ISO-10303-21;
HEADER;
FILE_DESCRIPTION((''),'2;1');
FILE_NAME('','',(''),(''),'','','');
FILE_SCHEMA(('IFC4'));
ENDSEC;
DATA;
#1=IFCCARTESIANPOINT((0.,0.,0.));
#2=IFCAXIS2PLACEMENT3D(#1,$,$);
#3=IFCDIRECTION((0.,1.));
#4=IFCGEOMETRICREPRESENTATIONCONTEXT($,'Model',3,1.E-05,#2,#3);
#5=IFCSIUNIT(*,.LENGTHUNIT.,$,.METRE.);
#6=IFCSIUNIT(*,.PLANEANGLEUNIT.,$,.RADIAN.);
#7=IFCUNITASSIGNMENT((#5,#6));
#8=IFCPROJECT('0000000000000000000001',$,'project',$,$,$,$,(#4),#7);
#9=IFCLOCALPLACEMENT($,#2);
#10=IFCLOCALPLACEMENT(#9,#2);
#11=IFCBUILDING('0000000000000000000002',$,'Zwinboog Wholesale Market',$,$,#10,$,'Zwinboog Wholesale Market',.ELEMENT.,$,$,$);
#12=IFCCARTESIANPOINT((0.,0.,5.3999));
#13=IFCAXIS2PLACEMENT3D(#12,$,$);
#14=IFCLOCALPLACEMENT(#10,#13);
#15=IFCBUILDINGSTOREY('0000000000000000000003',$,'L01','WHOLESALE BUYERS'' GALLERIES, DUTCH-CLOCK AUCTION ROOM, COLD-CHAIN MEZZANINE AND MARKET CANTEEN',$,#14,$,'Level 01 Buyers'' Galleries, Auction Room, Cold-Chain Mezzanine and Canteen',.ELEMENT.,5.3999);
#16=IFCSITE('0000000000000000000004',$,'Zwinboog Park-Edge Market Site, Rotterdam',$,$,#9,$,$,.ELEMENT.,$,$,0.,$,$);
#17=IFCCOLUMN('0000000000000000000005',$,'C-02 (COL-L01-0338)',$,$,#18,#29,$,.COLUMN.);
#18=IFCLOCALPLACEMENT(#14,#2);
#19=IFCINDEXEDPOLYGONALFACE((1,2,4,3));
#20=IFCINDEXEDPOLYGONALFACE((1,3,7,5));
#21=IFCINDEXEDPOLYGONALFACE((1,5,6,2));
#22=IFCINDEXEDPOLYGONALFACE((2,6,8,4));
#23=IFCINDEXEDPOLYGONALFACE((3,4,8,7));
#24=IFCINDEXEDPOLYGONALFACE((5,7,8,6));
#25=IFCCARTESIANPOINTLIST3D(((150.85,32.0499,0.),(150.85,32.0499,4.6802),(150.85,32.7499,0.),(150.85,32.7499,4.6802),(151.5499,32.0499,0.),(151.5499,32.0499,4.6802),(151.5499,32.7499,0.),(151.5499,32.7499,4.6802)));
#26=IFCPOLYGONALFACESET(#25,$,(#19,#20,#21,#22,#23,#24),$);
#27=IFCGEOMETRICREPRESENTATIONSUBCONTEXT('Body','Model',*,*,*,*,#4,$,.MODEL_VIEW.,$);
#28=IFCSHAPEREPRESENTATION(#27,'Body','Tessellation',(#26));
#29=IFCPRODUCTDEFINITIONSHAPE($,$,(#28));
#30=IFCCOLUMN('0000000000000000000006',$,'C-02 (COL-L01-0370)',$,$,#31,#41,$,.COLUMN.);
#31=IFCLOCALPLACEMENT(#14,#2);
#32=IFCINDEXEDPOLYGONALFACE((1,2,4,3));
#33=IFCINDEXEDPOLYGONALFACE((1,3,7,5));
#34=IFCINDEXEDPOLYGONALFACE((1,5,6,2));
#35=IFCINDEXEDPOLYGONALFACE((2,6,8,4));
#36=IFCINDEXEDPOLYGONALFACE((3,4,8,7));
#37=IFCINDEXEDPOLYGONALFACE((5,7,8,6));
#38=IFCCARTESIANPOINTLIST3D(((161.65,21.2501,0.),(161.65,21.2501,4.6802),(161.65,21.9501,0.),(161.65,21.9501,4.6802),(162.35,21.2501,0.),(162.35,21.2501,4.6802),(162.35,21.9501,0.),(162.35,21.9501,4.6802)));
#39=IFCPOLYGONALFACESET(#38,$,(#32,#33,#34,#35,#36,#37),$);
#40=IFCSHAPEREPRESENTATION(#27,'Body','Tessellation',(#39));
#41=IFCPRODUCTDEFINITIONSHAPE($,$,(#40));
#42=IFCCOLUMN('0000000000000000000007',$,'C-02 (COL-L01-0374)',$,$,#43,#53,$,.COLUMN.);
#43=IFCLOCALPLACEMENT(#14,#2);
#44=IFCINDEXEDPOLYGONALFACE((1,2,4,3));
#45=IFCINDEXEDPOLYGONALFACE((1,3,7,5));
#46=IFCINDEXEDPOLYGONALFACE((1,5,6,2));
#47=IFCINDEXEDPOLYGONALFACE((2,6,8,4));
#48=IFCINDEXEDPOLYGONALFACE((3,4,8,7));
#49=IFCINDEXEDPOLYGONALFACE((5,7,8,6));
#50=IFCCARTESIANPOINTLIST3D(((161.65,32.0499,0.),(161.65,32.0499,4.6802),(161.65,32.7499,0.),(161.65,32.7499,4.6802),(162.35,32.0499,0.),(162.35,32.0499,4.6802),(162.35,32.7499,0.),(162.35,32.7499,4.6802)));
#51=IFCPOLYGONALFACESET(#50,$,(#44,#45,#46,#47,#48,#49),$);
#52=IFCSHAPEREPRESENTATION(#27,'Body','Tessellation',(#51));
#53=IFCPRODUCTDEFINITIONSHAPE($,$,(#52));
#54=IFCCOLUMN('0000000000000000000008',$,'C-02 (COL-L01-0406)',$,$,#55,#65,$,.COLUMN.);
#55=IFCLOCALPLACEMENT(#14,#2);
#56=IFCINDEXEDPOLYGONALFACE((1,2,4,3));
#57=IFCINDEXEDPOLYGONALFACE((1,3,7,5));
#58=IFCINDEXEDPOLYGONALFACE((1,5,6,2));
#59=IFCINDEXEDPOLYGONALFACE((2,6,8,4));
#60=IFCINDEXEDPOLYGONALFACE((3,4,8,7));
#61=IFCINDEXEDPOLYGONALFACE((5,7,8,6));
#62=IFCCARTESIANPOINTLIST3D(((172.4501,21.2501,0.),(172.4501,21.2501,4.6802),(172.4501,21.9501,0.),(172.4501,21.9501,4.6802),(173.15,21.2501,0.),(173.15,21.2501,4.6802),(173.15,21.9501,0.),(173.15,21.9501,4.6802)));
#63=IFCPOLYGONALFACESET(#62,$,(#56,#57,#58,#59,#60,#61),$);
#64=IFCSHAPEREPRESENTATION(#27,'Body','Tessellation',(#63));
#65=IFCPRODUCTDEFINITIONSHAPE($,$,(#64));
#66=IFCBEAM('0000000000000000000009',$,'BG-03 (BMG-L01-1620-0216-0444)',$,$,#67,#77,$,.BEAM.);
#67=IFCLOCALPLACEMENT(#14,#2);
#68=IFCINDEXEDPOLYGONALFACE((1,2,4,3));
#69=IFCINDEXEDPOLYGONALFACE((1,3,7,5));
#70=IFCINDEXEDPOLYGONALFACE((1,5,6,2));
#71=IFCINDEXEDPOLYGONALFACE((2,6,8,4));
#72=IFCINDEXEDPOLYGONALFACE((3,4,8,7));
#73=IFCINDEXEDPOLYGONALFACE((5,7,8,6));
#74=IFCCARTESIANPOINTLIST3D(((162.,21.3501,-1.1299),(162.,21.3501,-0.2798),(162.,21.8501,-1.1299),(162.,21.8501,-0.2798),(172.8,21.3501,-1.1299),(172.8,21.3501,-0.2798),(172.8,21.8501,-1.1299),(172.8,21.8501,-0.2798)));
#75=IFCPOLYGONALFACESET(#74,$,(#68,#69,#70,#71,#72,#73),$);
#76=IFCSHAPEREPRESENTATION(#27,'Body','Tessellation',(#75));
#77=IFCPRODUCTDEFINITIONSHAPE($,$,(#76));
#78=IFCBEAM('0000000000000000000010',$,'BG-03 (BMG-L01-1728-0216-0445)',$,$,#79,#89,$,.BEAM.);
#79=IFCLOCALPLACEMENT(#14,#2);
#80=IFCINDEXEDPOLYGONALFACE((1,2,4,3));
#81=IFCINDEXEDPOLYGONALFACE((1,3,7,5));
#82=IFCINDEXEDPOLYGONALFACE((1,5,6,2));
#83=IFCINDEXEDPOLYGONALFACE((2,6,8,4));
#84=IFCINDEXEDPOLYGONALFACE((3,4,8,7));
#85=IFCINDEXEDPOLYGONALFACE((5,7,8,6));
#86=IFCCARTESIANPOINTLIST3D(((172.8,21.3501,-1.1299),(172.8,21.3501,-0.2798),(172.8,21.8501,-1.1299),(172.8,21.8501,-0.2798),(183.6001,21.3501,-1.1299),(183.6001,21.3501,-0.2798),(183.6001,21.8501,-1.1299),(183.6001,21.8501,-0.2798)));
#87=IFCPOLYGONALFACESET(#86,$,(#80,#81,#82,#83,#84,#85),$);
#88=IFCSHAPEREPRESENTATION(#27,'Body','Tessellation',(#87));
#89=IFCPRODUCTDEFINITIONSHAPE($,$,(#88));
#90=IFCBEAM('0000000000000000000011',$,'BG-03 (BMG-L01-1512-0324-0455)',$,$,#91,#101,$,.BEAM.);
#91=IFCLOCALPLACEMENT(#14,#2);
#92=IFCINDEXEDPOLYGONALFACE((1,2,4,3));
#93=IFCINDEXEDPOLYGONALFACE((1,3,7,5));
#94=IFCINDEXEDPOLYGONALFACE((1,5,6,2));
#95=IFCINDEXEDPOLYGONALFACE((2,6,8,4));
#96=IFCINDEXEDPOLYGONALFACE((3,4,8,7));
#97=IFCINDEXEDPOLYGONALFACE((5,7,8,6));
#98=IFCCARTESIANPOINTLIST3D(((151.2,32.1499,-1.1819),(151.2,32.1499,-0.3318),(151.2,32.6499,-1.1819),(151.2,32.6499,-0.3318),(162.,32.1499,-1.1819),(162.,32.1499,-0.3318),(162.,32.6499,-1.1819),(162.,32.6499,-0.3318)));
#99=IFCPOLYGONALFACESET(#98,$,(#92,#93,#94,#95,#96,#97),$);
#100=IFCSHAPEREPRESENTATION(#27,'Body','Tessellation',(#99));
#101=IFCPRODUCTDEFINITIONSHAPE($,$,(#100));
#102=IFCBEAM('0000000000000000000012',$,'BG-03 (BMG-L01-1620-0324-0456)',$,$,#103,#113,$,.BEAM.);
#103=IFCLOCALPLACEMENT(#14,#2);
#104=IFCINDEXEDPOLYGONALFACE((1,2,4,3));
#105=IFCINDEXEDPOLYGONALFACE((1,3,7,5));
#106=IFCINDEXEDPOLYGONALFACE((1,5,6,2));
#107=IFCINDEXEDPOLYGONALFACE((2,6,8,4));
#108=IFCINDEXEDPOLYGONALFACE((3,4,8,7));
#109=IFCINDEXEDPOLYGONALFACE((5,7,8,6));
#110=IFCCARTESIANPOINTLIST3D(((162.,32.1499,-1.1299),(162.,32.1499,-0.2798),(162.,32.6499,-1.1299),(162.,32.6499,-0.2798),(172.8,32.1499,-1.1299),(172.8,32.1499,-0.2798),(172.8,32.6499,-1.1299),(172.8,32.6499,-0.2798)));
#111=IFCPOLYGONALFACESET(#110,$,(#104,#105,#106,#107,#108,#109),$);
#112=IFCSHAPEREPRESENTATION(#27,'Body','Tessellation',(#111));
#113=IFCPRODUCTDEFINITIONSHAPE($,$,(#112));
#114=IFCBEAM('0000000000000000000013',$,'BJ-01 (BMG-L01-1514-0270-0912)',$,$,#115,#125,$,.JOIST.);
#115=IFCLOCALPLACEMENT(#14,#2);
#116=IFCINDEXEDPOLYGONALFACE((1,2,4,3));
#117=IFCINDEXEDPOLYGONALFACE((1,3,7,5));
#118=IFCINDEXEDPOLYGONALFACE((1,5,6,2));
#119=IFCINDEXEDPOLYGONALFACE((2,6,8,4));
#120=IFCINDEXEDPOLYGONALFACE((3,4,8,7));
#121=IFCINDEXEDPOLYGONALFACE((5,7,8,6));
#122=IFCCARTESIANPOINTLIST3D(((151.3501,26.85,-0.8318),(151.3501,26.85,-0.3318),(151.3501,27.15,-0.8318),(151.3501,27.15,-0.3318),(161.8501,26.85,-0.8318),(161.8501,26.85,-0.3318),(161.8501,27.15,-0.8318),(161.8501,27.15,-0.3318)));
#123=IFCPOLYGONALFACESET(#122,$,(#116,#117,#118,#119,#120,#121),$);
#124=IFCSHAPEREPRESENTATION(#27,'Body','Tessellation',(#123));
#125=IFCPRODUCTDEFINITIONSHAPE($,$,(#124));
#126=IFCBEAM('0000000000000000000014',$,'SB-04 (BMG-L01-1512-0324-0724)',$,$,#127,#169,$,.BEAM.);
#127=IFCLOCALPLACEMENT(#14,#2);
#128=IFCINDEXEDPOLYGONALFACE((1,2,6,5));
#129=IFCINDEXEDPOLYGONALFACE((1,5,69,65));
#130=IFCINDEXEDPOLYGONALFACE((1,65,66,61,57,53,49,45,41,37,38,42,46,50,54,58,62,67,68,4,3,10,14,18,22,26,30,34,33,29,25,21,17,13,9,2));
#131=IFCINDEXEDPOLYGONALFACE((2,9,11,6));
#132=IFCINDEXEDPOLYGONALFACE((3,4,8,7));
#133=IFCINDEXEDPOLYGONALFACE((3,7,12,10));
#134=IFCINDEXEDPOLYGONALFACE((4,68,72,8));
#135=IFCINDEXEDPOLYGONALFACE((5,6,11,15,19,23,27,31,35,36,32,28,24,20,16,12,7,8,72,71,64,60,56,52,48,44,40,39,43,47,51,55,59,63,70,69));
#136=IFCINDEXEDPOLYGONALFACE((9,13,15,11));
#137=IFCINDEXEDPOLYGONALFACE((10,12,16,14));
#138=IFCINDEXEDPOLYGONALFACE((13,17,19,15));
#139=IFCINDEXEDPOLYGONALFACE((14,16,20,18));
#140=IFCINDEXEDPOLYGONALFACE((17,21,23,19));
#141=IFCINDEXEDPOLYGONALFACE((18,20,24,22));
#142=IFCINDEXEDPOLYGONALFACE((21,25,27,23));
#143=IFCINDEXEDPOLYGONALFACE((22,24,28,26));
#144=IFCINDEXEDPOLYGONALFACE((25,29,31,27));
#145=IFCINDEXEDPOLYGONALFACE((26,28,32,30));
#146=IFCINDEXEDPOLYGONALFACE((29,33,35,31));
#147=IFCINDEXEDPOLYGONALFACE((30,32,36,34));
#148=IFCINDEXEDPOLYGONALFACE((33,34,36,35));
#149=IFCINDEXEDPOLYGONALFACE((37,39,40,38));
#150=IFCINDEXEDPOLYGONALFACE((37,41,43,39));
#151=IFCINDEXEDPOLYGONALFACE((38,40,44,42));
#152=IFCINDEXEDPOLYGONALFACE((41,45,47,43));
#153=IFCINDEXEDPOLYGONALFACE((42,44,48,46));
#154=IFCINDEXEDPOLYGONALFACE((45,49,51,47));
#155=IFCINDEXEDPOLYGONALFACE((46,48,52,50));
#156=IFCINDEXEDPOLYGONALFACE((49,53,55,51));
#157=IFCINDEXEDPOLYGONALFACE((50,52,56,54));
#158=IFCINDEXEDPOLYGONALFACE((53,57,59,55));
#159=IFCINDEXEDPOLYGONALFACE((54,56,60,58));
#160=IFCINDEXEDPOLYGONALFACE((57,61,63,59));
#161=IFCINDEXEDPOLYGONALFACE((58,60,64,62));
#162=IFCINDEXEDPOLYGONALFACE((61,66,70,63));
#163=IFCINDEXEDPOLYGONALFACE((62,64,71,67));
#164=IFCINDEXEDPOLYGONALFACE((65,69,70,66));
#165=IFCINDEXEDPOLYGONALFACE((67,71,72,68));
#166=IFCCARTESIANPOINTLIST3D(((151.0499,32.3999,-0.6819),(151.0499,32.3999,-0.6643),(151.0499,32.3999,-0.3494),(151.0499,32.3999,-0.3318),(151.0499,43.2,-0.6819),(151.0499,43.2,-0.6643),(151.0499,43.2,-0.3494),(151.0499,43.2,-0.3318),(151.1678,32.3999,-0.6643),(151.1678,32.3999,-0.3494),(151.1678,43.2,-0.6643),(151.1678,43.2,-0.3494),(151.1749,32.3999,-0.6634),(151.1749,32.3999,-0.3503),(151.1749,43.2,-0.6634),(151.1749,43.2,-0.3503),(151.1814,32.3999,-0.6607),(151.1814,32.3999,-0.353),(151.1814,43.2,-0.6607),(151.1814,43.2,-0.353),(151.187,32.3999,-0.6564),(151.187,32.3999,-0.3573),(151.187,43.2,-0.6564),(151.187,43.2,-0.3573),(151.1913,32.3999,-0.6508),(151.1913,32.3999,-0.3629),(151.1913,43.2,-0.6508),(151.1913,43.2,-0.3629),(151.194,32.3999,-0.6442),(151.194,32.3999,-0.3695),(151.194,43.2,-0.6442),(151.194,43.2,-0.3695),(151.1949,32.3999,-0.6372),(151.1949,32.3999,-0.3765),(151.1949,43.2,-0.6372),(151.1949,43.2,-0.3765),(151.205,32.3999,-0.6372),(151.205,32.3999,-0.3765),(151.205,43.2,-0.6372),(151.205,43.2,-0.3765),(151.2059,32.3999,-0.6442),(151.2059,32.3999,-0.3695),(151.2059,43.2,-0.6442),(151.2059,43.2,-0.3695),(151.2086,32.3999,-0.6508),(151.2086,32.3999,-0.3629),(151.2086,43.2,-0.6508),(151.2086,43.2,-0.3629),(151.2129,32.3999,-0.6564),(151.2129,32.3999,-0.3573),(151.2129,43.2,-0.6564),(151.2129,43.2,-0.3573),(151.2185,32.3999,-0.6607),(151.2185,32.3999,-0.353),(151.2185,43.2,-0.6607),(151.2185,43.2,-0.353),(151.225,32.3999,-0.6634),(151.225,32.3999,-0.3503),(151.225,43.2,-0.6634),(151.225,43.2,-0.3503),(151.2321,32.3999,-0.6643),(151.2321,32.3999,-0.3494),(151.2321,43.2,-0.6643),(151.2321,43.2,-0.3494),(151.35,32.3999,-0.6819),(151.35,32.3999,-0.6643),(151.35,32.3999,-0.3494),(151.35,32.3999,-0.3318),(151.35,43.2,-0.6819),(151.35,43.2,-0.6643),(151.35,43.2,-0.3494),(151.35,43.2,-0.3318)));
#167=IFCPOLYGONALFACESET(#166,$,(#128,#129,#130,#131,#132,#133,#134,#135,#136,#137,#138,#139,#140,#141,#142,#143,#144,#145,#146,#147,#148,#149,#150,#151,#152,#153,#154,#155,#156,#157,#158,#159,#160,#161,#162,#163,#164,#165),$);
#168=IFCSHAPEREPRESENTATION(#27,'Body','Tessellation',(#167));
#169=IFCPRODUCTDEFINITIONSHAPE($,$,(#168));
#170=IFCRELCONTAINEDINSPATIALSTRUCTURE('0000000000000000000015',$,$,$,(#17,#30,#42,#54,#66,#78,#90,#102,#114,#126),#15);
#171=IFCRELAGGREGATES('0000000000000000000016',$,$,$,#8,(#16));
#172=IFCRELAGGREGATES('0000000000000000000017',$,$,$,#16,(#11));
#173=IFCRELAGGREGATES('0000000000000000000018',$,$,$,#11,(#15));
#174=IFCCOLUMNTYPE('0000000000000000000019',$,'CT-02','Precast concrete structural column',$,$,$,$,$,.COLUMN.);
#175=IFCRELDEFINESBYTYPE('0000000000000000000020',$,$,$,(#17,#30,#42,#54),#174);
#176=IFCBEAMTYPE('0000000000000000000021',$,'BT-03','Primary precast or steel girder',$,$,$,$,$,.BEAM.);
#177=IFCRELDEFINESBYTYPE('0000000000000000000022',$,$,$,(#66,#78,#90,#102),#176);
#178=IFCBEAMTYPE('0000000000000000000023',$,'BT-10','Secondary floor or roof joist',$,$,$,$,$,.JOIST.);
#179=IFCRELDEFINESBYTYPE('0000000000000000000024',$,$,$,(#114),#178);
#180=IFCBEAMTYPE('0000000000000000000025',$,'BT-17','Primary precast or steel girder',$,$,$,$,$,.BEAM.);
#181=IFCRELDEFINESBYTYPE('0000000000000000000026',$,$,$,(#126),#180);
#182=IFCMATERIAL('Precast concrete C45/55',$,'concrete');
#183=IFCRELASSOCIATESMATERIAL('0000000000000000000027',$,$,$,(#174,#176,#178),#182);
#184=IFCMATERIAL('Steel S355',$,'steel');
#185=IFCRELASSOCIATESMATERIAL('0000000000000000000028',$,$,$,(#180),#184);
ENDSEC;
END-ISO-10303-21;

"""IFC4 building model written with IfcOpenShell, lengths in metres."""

from ifc_helpers import new_model, si_unit, direction, frame, origin, origin_2d, place, context, subcontext, project, spatial, rectangle, i_section, extrude, material, material_profile, profile_set, type_object, element, save


model = new_model("IFC4")

# Units and contexts
model_context = context("Model", 3, precision=1e-05, world=origin(), true_north=direction((0.0, 1.0)))
body_context = subcontext(model_context, "Body", "Model", "MODEL_VIEW")
ifc_project = project(units=[si_unit("LENGTHUNIT", "METRE"), si_unit("PLANEANGLEUNIT", "RADIAN")], contexts=[model_context])

# Site, building, storey
site_placement = place(None, origin())
site = spatial("IfcSite", under=ifc_project, at=site_placement, Name="Zwinboog Park-Edge Market Site, Rotterdam", CompositionType="ELEMENT", RefElevation=0.0)
building_placement = place(site_placement, origin())
building = spatial("IfcBuilding", under=site, at=building_placement, Name="Zwinboog Wholesale Market", LongName="Zwinboog Wholesale Market", CompositionType="ELEMENT")
storey_placement = place(building_placement, frame((0.0, 0.0, 5.3999)))
storey = spatial("IfcBuildingStorey", under=building, at=storey_placement, Name="L01", Description="WHOLESALE BUYERS' GALLERIES, DUTCH-CLOCK AUCTION ROOM, COLD-CHAIN MEZZANINE AND MARKET CANTEEN", LongName="Level 01 Buyers' Galleries, Auction Room, Cold-Chain Mezzanine and Canteen", CompositionType="ELEMENT", Elevation=5.3999)

# Columns
ifc_material_1 = material(Name="Precast concrete C45/55", Category="concrete")
ifc_material_profile_1 = material_profile(ifc_material_1, rectangle(XDim=0.7, YDim=0.7, at=origin_2d()), Name="PC 700x700")
ifc_profile_set_1 = profile_set([ifc_material_profile_1], Name="Precast concrete C45/55")
column_type = type_object("IfcColumnType", Name="CT-02", Description="Precast concrete structural column", PredefinedType="COLUMN", material=ifc_profile_set_1)
for number, where, z_axis, x_axis, name in (
    (1, (151.2, 32.3999, 0.0), (0.0, 0.0, 1.0), (1.0, 0.0, 0.0), "C-02 (COL-L01-0338)"),
    (2, (162.0, 21.6001, 0.0), (0.0, 0.0, 1.0), (1.0, 0.0, 0.0), "C-02 (COL-L01-0370)"),
    (3, (162.0, 32.3999, 0.0), (0.0, 0.0, 1.0), (1.0, 0.0, 0.0), "C-02 (COL-L01-0374)"),
    (4, (172.8, 21.6001, 0.0), (0.0, 0.0, 1.0), (1.0, 0.0, 0.0), "C-02 (COL-L01-0406)"),
):
    element("IfcColumn", number, at=place(storey_placement, frame(where, z_axis=z_axis, x_axis=x_axis)), inside=storey, type_object=column_type, Name=name, PredefinedType="COLUMN", context=body_context, shape_type="SweptSolid", body=[
        extrude(rectangle(XDim=0.7, YDim=0.7, at=origin_2d()), origin(), (0.0, 0.0, 1.0), 4.6802),
    ])

# Beams
ifc_material_profile_2 = material_profile(ifc_material_1, rectangle(XDim=0.5, YDim=0.8501, at=origin_2d()), Name="PC 500x850")
ifc_profile_set_2 = profile_set([ifc_material_profile_2], Name="Precast concrete C45/55")
beam_type_1 = type_object("IfcBeamType", Name="BT-03", Description="Primary precast or steel girder", PredefinedType="BEAM", material=ifc_profile_set_2)
for number, where, z_axis, x_axis, name in (
    (5, (162.0, 21.6001, -0.7048), (1.0, 0.0, 0.0), (0.0, 1.0, 0.0), "BG-03 (BMG-L01-1620-0216-0444)"),
    (6, (172.8, 21.6001, -0.7048), (1.0, 0.0, 0.0), (0.0, 1.0, 0.0), "BG-03 (BMG-L01-1728-0216-0445)"),
    (7, (151.2, 32.3999, -0.7568), (1.0, 0.0, 0.0), (0.0, 1.0, 0.0), "BG-03 (BMG-L01-1512-0324-0455)"),
    (8, (162.0, 32.3999, -0.7048), (1.0, 0.0, 0.0), (0.0, 1.0, 0.0), "BG-03 (BMG-L01-1620-0324-0456)"),
):
    element("IfcBeam", number, at=place(storey_placement, frame(where, z_axis=z_axis, x_axis=x_axis)), inside=storey, type_object=beam_type_1, Name=name, PredefinedType="BEAM", context=body_context, shape_type="SweptSolid", body=[
        extrude(rectangle(XDim=0.5, YDim=0.8501, at=origin_2d()), origin(), (0.0, 0.0, 1.0), 10.8),
    ])
ifc_material_profile_3 = material_profile(ifc_material_1, rectangle(XDim=0.3, YDim=0.5, at=origin_2d()), Name="PC 300x500")
ifc_profile_set_3 = profile_set([ifc_material_profile_3], Name="Precast concrete C45/55")
beam_type_2 = type_object("IfcBeamType", Name="BT-10", Description="Secondary floor or roof joist", PredefinedType="JOIST", material=ifc_profile_set_3)
beam_1_placement = place(storey_placement, frame((151.3501, 27.0, -0.5818), z_axis=(1.0, 0.0, 0.0), x_axis=(0.0, 1.0, 0.0)))
element("IfcBeam", 9, at=beam_1_placement, inside=storey, type_object=beam_type_2, Name="BJ-01 (BMG-L01-1514-0270-0912)", PredefinedType="JOIST", context=body_context, shape_type="SweptSolid", body=[
    extrude(rectangle(XDim=0.3, YDim=0.5, at=origin_2d()), origin(), (0.0, 0.0, 1.0), 10.5),
])
ifc_material_2 = material(Name="Steel S355", Category="steel")
ifc_material_profile_4 = material_profile(ifc_material_2, i_section(OverallWidth=0.3, OverallDepth=0.3501, WebThickness=0.01, FlangeThickness=0.0176, FilletRadius=0.0271, at=origin_2d()), Name="HEA 360")
ifc_profile_set_4 = profile_set([ifc_material_profile_4], Name="Steel S355")
beam_type_3 = type_object("IfcBeamType", Name="BT-17", Description="Primary precast or steel girder", PredefinedType="BEAM", material=ifc_profile_set_4)
beam_2_placement = place(storey_placement, frame((151.2, 32.3999, -0.5068), z_axis=(0.0, 1.0, 0.0), x_axis=(-1.0, 0.0, 0.0)))
element("IfcBeam", 10, at=beam_2_placement, inside=storey, type_object=beam_type_3, Name="SB-04 (BMG-L01-1512-0324-0724)", PredefinedType="BEAM", context=body_context, shape_type="SweptSolid", body=[
    extrude(i_section(OverallWidth=0.3, OverallDepth=0.3501, WebThickness=0.01, FlangeThickness=0.0176, FilletRadius=0.0271, at=origin_2d()), origin(), (0.0, 0.0, 1.0), 10.8),
])

save(model, "model.ifc")
